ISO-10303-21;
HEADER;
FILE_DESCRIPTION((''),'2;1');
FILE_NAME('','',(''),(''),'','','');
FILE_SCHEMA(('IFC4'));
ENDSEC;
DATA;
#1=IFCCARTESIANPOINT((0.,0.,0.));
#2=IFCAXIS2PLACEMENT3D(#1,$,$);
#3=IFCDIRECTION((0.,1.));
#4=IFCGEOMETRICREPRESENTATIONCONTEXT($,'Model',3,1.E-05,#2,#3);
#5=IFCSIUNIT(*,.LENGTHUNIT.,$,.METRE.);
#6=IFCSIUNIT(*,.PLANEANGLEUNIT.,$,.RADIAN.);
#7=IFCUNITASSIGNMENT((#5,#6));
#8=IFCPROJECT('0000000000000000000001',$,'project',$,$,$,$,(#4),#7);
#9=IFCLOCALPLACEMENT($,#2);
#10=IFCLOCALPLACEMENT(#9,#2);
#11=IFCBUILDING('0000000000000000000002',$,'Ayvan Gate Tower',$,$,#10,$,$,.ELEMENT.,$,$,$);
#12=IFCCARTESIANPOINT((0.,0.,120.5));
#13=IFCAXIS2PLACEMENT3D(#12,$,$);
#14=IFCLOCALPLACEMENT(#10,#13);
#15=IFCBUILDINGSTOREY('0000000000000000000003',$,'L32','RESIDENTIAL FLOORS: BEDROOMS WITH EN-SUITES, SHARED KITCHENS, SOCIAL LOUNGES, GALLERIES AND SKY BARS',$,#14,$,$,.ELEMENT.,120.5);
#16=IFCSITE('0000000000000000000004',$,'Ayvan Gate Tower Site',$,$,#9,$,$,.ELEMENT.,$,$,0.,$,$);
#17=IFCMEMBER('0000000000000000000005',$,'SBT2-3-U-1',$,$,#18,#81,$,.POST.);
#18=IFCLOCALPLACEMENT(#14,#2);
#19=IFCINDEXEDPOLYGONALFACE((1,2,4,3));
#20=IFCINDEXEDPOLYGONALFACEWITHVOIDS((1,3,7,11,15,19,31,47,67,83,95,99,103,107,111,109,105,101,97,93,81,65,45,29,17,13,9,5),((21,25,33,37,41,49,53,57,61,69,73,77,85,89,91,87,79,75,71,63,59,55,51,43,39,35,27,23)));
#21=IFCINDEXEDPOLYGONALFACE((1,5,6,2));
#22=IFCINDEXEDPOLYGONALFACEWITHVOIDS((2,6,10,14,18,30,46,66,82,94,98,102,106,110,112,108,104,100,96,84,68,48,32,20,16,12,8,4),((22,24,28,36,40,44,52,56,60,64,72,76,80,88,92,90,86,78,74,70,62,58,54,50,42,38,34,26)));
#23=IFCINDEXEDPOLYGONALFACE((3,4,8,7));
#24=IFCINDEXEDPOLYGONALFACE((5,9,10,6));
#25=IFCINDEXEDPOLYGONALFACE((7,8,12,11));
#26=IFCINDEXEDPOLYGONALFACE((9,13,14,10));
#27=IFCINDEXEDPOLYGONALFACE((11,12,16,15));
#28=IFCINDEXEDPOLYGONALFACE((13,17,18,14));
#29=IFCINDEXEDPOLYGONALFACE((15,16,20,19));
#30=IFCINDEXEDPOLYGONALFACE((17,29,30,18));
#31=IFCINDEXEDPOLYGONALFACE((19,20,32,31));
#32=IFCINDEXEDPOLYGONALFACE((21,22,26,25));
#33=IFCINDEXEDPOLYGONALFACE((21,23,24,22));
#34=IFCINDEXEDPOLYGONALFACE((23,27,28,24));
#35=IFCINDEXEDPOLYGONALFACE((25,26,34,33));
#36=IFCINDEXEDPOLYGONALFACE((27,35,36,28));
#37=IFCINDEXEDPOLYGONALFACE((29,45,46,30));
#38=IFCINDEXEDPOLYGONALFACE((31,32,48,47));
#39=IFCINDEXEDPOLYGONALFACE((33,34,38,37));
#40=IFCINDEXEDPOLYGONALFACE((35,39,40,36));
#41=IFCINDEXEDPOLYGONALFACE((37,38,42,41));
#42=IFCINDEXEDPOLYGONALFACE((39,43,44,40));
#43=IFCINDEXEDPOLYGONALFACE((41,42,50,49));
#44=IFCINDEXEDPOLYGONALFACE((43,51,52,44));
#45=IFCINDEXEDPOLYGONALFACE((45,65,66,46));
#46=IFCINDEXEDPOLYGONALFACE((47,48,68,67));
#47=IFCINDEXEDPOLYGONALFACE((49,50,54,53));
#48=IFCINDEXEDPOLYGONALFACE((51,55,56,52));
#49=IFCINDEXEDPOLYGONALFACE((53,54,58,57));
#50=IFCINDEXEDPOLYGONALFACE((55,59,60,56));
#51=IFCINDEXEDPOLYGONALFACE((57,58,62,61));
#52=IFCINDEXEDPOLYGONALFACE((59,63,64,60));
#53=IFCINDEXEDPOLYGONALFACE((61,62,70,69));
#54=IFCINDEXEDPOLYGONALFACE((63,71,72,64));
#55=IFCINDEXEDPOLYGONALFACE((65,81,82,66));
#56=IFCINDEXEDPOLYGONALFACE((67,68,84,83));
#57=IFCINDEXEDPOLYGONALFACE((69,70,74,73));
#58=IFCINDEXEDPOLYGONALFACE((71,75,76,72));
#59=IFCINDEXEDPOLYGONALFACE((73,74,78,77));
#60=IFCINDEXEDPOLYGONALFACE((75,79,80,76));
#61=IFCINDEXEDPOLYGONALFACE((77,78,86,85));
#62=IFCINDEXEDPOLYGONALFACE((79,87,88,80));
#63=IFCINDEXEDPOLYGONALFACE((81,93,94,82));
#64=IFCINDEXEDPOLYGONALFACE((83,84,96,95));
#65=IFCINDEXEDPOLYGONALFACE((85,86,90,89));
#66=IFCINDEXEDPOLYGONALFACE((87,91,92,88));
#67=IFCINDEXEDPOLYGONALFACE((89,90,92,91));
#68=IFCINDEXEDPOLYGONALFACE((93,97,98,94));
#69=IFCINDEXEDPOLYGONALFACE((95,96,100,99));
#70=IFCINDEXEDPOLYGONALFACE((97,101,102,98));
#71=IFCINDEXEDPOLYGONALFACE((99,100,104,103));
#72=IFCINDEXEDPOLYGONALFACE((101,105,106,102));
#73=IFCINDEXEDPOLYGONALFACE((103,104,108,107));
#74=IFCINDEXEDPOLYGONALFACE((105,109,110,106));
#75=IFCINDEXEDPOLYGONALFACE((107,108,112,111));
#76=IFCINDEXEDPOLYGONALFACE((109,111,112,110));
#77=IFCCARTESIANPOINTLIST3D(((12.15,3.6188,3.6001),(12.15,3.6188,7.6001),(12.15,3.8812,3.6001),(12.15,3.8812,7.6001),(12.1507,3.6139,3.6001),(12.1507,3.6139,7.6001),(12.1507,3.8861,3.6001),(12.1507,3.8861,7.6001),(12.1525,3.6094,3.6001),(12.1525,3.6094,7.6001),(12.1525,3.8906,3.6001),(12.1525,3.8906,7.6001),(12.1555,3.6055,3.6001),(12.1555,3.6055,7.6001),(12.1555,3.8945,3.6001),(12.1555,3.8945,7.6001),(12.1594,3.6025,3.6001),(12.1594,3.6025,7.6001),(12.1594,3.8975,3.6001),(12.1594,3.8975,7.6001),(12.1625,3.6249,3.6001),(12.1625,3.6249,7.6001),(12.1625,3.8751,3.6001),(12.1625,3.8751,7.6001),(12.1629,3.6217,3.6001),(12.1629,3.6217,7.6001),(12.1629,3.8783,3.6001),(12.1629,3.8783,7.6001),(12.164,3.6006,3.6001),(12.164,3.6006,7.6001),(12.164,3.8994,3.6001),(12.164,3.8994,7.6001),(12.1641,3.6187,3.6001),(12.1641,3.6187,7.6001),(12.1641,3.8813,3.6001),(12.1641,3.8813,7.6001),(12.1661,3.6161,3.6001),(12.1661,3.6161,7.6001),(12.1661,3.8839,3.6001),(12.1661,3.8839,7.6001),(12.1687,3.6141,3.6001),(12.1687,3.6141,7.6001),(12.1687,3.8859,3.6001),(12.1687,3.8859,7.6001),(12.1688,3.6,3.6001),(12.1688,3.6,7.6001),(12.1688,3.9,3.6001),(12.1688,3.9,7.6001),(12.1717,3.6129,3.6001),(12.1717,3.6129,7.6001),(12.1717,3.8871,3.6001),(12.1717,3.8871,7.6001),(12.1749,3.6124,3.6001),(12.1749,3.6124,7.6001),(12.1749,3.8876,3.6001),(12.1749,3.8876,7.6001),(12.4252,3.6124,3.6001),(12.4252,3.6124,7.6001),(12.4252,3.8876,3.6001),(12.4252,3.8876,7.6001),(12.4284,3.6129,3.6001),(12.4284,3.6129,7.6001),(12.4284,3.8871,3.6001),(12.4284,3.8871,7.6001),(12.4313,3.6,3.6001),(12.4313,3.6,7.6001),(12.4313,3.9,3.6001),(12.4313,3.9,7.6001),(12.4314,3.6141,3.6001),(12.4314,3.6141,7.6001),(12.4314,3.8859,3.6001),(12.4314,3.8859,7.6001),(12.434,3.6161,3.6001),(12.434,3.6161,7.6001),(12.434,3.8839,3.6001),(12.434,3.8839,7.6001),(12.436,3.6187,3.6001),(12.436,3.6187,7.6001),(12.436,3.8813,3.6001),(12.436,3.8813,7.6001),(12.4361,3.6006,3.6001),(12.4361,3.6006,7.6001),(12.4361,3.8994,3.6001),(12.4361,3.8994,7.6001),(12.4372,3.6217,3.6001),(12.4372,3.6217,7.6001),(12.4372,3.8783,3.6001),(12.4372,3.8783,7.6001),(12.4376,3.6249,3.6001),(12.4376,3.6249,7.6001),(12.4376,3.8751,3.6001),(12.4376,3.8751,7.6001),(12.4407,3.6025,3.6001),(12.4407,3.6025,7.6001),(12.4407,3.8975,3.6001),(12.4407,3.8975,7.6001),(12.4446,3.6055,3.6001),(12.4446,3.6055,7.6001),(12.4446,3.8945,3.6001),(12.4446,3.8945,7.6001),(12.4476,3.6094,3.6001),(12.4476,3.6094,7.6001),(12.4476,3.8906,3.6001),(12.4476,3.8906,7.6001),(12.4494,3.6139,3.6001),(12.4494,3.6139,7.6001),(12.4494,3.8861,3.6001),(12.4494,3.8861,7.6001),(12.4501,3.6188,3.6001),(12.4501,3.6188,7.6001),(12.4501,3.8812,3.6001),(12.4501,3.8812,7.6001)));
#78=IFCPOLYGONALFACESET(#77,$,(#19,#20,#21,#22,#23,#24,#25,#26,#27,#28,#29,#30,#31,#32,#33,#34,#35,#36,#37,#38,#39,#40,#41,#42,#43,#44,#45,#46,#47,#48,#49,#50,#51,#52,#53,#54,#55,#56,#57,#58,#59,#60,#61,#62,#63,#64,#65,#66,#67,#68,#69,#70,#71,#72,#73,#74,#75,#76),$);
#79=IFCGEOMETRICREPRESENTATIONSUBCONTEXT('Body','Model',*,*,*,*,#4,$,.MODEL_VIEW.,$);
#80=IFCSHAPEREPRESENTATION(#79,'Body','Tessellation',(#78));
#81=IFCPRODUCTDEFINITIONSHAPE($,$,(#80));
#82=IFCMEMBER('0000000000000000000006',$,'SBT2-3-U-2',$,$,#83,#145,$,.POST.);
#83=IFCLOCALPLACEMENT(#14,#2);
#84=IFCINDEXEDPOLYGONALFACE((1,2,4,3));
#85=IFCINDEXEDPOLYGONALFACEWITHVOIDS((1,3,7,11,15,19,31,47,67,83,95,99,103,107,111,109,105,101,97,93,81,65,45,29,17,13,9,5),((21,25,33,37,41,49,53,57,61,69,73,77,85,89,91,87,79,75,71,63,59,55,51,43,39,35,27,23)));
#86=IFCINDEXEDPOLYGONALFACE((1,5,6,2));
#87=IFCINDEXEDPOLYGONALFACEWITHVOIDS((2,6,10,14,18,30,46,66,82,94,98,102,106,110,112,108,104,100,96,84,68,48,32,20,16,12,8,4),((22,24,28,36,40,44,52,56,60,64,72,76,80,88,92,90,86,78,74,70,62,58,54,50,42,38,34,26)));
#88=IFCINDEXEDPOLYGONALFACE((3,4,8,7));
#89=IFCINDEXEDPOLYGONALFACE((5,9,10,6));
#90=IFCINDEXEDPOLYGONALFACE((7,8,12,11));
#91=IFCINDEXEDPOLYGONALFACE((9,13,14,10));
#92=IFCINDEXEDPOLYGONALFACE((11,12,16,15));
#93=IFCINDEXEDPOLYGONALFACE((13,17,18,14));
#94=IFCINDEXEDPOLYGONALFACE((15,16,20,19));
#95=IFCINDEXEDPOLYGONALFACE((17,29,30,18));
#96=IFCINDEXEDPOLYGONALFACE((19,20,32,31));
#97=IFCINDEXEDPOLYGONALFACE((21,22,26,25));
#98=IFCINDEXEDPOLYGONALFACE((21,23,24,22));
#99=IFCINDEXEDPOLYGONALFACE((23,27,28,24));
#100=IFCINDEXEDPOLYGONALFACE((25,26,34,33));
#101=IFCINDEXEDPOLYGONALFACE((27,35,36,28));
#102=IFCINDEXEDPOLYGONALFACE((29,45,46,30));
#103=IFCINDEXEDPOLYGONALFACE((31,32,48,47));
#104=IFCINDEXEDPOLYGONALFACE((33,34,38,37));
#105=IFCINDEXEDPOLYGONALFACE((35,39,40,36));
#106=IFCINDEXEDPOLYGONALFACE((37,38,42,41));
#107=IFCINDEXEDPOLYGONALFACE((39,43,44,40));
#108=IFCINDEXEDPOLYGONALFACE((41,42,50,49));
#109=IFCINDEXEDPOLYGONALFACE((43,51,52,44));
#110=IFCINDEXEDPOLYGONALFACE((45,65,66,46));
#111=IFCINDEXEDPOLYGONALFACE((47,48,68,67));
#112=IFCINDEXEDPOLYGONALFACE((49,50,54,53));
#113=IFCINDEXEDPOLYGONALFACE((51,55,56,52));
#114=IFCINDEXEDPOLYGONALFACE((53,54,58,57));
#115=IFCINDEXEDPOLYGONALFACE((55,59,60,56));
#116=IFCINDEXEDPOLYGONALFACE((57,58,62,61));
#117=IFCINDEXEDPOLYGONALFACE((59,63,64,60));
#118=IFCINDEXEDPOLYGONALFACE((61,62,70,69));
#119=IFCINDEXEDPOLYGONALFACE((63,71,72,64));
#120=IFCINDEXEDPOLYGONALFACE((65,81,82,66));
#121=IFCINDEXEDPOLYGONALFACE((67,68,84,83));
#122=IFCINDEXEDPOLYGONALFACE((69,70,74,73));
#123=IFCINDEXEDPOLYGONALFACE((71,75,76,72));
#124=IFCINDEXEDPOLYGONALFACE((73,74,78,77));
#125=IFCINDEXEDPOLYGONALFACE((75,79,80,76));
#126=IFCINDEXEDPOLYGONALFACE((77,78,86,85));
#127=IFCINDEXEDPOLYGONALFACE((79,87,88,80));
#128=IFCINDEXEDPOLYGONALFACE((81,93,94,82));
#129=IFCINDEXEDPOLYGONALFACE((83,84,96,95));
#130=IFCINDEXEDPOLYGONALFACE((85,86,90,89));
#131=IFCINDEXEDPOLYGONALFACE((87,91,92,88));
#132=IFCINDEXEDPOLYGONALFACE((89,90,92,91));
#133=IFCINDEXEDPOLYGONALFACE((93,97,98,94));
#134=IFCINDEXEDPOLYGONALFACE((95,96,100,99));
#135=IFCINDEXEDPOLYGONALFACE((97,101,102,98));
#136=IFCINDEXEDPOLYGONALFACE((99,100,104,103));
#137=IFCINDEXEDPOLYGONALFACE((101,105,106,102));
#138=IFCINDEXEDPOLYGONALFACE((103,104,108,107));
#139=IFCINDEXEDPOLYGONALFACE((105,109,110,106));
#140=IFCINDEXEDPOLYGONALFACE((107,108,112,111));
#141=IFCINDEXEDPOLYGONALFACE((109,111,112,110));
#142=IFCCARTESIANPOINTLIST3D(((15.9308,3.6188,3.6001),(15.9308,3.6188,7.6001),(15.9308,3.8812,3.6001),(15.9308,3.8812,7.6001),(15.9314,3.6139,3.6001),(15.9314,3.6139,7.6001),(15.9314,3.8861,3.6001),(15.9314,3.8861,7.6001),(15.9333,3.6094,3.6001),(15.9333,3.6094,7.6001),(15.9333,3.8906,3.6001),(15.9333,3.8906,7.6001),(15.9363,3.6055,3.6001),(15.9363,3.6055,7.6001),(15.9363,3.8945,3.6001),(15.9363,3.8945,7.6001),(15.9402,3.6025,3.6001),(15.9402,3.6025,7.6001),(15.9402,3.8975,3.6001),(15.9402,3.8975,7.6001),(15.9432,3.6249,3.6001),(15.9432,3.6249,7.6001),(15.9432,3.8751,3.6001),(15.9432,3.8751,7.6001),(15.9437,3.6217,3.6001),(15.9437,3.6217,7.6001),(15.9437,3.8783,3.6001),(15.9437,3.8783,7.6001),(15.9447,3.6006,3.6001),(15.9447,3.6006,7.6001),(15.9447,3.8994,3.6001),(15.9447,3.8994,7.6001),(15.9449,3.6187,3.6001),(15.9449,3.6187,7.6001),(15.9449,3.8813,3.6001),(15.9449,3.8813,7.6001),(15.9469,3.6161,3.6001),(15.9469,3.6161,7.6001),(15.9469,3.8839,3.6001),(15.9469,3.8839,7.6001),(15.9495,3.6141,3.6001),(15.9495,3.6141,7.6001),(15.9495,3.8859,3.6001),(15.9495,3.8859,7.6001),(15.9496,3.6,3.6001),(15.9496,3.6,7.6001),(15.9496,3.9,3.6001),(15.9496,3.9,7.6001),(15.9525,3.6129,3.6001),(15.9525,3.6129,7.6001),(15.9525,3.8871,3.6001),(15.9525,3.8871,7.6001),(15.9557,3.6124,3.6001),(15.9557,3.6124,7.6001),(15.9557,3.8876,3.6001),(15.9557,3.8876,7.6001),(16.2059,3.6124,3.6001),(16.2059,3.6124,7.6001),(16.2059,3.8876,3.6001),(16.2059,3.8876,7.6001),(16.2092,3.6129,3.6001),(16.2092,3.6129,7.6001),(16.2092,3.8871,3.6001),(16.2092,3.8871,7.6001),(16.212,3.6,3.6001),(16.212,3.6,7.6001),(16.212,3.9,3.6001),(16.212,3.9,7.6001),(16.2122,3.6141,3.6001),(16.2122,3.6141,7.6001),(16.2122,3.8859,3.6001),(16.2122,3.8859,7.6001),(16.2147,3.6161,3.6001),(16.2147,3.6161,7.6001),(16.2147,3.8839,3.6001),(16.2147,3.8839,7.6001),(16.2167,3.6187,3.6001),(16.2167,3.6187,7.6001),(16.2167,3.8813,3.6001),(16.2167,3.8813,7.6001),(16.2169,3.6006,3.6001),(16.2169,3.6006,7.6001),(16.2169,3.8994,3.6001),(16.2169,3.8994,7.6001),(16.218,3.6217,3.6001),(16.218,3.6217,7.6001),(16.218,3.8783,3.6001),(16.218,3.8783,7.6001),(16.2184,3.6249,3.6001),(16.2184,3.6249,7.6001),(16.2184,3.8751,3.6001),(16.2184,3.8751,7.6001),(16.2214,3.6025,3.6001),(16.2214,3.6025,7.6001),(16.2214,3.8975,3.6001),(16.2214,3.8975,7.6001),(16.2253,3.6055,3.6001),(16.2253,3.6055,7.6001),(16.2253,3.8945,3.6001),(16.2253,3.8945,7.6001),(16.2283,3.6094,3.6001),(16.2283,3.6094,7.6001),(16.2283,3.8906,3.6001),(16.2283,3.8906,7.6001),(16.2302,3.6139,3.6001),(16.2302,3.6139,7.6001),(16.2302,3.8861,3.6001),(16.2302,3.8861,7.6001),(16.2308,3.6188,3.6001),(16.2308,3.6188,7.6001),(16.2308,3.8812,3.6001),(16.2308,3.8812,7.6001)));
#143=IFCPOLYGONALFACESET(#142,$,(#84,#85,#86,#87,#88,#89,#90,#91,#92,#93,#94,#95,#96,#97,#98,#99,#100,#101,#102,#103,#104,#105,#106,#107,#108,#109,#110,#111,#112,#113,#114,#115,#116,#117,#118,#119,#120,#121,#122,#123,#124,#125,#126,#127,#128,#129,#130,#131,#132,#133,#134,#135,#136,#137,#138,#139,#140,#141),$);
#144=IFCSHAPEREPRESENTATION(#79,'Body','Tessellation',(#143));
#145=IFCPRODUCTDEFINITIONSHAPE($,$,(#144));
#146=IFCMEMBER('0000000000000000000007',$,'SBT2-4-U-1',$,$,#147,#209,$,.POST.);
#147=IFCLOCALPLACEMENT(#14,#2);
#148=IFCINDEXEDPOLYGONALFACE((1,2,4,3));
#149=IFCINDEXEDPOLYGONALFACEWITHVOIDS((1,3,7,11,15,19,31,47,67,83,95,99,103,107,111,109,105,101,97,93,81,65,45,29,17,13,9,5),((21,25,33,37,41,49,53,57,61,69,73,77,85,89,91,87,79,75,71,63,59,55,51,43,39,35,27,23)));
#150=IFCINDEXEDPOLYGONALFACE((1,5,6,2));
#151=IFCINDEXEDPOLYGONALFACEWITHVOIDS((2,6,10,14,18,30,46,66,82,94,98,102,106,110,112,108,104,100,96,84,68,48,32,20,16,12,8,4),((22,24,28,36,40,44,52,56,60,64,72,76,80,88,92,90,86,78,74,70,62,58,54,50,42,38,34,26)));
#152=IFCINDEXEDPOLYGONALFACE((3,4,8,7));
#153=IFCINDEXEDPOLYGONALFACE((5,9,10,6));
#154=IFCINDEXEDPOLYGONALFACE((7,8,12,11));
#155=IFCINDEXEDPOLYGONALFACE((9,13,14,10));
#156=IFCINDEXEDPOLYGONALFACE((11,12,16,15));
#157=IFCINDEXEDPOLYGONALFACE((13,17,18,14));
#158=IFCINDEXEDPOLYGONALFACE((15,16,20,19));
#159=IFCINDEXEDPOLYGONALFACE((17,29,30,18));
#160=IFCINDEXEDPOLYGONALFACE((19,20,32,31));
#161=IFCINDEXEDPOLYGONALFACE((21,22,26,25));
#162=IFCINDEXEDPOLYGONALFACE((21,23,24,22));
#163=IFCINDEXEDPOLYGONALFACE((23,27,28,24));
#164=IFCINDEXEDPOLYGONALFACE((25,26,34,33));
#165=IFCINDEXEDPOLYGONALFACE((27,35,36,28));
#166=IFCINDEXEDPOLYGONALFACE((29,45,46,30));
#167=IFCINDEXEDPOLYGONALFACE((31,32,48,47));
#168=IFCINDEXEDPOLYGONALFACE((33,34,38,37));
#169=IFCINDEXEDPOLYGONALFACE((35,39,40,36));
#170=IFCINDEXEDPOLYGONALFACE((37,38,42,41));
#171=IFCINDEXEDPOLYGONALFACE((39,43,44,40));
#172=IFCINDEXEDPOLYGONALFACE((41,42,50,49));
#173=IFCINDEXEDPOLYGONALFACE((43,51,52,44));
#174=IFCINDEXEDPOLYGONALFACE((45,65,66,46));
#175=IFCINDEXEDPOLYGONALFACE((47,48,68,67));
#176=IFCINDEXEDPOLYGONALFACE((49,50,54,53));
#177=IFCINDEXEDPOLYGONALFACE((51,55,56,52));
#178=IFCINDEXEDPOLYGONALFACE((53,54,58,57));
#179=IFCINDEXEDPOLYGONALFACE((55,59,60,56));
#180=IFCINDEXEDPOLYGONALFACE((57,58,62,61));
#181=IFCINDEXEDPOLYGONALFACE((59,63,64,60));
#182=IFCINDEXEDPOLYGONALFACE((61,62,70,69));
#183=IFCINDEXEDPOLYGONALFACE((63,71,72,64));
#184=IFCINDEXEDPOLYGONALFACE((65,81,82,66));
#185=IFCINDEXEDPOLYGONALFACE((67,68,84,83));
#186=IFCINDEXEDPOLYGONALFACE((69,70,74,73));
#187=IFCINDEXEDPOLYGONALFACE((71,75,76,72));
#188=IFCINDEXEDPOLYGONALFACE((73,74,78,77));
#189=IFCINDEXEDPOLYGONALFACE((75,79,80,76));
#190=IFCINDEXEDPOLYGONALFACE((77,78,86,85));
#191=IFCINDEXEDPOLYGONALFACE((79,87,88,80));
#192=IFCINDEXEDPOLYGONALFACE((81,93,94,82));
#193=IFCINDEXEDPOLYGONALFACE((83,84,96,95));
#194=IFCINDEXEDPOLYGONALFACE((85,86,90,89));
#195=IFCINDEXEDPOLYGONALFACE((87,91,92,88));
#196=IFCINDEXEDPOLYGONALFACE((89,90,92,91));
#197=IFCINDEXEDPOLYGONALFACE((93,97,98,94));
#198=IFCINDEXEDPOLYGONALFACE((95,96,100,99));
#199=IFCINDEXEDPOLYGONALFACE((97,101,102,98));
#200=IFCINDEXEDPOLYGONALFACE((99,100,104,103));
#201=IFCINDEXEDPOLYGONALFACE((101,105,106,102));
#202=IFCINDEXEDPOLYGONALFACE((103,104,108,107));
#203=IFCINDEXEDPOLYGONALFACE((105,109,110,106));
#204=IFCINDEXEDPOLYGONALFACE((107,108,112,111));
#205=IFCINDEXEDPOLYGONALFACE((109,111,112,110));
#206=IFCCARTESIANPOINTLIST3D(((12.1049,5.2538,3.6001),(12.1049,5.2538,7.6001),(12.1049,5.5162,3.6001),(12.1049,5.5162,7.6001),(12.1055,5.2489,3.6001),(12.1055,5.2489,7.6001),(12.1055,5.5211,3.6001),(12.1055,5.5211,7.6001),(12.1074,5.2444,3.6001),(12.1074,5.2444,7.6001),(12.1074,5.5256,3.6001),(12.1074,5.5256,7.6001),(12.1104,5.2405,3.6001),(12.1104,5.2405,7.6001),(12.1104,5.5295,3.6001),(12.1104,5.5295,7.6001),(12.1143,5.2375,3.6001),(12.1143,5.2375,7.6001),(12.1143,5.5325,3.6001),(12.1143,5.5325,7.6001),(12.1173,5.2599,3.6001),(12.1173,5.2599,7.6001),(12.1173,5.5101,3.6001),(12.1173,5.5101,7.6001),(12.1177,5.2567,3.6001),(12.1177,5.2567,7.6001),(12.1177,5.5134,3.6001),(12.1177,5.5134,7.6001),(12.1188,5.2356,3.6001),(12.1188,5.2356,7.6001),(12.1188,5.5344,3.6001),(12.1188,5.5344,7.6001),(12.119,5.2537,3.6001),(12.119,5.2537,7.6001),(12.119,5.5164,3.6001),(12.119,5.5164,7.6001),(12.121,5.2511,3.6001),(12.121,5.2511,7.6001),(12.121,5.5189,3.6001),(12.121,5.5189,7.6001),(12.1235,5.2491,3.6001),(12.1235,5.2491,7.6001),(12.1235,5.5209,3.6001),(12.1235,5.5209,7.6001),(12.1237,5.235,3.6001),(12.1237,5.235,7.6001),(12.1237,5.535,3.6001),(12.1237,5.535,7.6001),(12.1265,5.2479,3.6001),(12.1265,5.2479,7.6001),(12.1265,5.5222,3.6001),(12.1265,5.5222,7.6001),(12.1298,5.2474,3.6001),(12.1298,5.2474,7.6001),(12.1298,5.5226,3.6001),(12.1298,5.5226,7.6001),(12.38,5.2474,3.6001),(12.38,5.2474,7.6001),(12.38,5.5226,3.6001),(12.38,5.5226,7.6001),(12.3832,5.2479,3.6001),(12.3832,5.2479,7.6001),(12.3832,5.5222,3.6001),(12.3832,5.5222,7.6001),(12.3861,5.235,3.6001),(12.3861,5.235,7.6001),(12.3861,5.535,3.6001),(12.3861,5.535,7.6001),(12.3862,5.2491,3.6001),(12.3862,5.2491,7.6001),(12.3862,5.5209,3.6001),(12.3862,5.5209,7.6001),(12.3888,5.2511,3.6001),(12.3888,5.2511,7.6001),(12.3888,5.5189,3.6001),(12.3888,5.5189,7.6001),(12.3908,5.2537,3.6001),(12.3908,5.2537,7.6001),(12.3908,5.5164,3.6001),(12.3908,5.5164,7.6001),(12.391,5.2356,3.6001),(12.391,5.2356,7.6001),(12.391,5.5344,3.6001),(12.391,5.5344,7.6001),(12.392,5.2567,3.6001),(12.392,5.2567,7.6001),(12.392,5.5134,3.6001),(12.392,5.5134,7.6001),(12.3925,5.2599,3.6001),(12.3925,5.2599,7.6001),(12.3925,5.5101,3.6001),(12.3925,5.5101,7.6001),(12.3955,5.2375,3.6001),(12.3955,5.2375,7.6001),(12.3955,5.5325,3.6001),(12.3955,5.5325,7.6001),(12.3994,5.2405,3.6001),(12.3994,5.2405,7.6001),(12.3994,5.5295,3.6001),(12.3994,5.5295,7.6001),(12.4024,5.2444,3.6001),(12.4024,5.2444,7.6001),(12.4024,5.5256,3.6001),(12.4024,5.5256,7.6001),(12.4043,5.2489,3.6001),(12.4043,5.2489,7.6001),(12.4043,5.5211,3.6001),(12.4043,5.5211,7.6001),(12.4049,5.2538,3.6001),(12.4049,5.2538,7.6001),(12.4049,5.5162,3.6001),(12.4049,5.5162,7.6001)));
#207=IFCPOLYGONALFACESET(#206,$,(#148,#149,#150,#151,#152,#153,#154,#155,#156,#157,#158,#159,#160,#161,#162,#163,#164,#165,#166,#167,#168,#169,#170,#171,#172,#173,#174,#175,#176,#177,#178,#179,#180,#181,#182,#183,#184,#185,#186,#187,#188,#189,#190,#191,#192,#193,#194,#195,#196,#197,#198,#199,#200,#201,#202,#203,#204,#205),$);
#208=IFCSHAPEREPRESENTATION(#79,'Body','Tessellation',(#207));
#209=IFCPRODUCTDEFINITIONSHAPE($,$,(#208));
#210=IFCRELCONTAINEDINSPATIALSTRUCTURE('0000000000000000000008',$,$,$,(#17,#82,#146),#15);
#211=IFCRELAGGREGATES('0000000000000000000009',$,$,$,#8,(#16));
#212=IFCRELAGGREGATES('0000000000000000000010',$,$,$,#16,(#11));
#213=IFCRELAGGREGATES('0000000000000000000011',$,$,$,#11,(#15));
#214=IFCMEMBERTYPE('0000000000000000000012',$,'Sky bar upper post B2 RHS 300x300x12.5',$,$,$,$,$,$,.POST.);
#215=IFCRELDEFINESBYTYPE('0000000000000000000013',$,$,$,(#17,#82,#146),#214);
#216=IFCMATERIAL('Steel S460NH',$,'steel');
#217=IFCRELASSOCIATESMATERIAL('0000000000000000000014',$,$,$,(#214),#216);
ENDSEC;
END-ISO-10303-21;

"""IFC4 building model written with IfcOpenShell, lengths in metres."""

from ifc_helpers import new_model, si_unit, direction, frame, origin, origin_2d, place, context, subcontext, project, spatial, hollow_rectangle, extrude, material, material_profile, profile_set, type_object, element, save


model = new_model("IFC4")

# Units and contexts
model_context = context("Model", 3, precision=1e-05, world=origin(), true_north=direction((0.0, 1.0)))
body_context = subcontext(model_context, "Body", "Model", "MODEL_VIEW")
ifc_project = project(units=[si_unit("LENGTHUNIT", "METRE"), si_unit("PLANEANGLEUNIT", "RADIAN")], contexts=[model_context])

# Site, building, storey
site_placement = place(None, origin())
site = spatial("IfcSite", under=ifc_project, at=site_placement, Name="Ayvan Gate Tower Site", CompositionType="ELEMENT", RefElevation=0.0)
building_placement = place(site_placement, origin())
building = spatial("IfcBuilding", under=site, at=building_placement, Name="Ayvan Gate Tower", CompositionType="ELEMENT")
storey_placement = place(building_placement, frame((0.0, 0.0, 120.5)))
storey = spatial("IfcBuildingStorey", under=building, at=storey_placement, Name="L32", Description="RESIDENTIAL FLOORS: BEDROOMS WITH EN-SUITES, SHARED KITCHENS, SOCIAL LOUNGES, GALLERIES AND SKY BARS", CompositionType="ELEMENT", Elevation=120.5)

# Members
ifc_material_1 = material(Name="Steel S460NH", Category="steel")
ifc_material_profile_1 = material_profile(ifc_material_1, hollow_rectangle(XDim=0.3, YDim=0.3, WallThickness=0.0125, InnerFilletRadius=0.0125, OuterFilletRadius=0.0188, at=origin_2d()), Name="RHS 300x300x12.5")
ifc_profile_set_1 = profile_set([ifc_material_profile_1], Name="Steel S460NH")
member_type_1 = type_object("IfcMemberType", Name="Sky bar upper post B2 RHS 300x300x12.5", PredefinedType="POST", material=ifc_profile_set_1)
for number, where, z_axis, x_axis, name in (
    (1, (12.3, 3.75, 3.6001), (0.0, 0.0, 1.0), (1.0, 0.0, 0.0), "SBT2-3-U-1"),
    (2, (16.0808, 3.75, 3.6001), (0.0, 0.0, 1.0), (1.0, 0.0, 0.0), "SBT2-3-U-2"),
    (3, (12.2549, 5.385, 3.6001), (0.0, 0.0, 1.0), (1.0, 0.0, 0.0), "SBT2-4-U-1"),
):
    element("IfcMember", number, at=place(storey_placement, frame(where, z_axis=z_axis, x_axis=x_axis)), inside=storey, type_object=member_type_1, Name=name, PredefinedType="POST", context=body_context, shape_type="SweptSolid", body=[
        extrude(hollow_rectangle(XDim=0.3, YDim=0.3, WallThickness=0.0125, InnerFilletRadius=0.0125, OuterFilletRadius=0.0188, at=origin_2d()), origin(), (0.0, 0.0, 1.0), 4.0),
    ])

save(model, "model.ifc")
